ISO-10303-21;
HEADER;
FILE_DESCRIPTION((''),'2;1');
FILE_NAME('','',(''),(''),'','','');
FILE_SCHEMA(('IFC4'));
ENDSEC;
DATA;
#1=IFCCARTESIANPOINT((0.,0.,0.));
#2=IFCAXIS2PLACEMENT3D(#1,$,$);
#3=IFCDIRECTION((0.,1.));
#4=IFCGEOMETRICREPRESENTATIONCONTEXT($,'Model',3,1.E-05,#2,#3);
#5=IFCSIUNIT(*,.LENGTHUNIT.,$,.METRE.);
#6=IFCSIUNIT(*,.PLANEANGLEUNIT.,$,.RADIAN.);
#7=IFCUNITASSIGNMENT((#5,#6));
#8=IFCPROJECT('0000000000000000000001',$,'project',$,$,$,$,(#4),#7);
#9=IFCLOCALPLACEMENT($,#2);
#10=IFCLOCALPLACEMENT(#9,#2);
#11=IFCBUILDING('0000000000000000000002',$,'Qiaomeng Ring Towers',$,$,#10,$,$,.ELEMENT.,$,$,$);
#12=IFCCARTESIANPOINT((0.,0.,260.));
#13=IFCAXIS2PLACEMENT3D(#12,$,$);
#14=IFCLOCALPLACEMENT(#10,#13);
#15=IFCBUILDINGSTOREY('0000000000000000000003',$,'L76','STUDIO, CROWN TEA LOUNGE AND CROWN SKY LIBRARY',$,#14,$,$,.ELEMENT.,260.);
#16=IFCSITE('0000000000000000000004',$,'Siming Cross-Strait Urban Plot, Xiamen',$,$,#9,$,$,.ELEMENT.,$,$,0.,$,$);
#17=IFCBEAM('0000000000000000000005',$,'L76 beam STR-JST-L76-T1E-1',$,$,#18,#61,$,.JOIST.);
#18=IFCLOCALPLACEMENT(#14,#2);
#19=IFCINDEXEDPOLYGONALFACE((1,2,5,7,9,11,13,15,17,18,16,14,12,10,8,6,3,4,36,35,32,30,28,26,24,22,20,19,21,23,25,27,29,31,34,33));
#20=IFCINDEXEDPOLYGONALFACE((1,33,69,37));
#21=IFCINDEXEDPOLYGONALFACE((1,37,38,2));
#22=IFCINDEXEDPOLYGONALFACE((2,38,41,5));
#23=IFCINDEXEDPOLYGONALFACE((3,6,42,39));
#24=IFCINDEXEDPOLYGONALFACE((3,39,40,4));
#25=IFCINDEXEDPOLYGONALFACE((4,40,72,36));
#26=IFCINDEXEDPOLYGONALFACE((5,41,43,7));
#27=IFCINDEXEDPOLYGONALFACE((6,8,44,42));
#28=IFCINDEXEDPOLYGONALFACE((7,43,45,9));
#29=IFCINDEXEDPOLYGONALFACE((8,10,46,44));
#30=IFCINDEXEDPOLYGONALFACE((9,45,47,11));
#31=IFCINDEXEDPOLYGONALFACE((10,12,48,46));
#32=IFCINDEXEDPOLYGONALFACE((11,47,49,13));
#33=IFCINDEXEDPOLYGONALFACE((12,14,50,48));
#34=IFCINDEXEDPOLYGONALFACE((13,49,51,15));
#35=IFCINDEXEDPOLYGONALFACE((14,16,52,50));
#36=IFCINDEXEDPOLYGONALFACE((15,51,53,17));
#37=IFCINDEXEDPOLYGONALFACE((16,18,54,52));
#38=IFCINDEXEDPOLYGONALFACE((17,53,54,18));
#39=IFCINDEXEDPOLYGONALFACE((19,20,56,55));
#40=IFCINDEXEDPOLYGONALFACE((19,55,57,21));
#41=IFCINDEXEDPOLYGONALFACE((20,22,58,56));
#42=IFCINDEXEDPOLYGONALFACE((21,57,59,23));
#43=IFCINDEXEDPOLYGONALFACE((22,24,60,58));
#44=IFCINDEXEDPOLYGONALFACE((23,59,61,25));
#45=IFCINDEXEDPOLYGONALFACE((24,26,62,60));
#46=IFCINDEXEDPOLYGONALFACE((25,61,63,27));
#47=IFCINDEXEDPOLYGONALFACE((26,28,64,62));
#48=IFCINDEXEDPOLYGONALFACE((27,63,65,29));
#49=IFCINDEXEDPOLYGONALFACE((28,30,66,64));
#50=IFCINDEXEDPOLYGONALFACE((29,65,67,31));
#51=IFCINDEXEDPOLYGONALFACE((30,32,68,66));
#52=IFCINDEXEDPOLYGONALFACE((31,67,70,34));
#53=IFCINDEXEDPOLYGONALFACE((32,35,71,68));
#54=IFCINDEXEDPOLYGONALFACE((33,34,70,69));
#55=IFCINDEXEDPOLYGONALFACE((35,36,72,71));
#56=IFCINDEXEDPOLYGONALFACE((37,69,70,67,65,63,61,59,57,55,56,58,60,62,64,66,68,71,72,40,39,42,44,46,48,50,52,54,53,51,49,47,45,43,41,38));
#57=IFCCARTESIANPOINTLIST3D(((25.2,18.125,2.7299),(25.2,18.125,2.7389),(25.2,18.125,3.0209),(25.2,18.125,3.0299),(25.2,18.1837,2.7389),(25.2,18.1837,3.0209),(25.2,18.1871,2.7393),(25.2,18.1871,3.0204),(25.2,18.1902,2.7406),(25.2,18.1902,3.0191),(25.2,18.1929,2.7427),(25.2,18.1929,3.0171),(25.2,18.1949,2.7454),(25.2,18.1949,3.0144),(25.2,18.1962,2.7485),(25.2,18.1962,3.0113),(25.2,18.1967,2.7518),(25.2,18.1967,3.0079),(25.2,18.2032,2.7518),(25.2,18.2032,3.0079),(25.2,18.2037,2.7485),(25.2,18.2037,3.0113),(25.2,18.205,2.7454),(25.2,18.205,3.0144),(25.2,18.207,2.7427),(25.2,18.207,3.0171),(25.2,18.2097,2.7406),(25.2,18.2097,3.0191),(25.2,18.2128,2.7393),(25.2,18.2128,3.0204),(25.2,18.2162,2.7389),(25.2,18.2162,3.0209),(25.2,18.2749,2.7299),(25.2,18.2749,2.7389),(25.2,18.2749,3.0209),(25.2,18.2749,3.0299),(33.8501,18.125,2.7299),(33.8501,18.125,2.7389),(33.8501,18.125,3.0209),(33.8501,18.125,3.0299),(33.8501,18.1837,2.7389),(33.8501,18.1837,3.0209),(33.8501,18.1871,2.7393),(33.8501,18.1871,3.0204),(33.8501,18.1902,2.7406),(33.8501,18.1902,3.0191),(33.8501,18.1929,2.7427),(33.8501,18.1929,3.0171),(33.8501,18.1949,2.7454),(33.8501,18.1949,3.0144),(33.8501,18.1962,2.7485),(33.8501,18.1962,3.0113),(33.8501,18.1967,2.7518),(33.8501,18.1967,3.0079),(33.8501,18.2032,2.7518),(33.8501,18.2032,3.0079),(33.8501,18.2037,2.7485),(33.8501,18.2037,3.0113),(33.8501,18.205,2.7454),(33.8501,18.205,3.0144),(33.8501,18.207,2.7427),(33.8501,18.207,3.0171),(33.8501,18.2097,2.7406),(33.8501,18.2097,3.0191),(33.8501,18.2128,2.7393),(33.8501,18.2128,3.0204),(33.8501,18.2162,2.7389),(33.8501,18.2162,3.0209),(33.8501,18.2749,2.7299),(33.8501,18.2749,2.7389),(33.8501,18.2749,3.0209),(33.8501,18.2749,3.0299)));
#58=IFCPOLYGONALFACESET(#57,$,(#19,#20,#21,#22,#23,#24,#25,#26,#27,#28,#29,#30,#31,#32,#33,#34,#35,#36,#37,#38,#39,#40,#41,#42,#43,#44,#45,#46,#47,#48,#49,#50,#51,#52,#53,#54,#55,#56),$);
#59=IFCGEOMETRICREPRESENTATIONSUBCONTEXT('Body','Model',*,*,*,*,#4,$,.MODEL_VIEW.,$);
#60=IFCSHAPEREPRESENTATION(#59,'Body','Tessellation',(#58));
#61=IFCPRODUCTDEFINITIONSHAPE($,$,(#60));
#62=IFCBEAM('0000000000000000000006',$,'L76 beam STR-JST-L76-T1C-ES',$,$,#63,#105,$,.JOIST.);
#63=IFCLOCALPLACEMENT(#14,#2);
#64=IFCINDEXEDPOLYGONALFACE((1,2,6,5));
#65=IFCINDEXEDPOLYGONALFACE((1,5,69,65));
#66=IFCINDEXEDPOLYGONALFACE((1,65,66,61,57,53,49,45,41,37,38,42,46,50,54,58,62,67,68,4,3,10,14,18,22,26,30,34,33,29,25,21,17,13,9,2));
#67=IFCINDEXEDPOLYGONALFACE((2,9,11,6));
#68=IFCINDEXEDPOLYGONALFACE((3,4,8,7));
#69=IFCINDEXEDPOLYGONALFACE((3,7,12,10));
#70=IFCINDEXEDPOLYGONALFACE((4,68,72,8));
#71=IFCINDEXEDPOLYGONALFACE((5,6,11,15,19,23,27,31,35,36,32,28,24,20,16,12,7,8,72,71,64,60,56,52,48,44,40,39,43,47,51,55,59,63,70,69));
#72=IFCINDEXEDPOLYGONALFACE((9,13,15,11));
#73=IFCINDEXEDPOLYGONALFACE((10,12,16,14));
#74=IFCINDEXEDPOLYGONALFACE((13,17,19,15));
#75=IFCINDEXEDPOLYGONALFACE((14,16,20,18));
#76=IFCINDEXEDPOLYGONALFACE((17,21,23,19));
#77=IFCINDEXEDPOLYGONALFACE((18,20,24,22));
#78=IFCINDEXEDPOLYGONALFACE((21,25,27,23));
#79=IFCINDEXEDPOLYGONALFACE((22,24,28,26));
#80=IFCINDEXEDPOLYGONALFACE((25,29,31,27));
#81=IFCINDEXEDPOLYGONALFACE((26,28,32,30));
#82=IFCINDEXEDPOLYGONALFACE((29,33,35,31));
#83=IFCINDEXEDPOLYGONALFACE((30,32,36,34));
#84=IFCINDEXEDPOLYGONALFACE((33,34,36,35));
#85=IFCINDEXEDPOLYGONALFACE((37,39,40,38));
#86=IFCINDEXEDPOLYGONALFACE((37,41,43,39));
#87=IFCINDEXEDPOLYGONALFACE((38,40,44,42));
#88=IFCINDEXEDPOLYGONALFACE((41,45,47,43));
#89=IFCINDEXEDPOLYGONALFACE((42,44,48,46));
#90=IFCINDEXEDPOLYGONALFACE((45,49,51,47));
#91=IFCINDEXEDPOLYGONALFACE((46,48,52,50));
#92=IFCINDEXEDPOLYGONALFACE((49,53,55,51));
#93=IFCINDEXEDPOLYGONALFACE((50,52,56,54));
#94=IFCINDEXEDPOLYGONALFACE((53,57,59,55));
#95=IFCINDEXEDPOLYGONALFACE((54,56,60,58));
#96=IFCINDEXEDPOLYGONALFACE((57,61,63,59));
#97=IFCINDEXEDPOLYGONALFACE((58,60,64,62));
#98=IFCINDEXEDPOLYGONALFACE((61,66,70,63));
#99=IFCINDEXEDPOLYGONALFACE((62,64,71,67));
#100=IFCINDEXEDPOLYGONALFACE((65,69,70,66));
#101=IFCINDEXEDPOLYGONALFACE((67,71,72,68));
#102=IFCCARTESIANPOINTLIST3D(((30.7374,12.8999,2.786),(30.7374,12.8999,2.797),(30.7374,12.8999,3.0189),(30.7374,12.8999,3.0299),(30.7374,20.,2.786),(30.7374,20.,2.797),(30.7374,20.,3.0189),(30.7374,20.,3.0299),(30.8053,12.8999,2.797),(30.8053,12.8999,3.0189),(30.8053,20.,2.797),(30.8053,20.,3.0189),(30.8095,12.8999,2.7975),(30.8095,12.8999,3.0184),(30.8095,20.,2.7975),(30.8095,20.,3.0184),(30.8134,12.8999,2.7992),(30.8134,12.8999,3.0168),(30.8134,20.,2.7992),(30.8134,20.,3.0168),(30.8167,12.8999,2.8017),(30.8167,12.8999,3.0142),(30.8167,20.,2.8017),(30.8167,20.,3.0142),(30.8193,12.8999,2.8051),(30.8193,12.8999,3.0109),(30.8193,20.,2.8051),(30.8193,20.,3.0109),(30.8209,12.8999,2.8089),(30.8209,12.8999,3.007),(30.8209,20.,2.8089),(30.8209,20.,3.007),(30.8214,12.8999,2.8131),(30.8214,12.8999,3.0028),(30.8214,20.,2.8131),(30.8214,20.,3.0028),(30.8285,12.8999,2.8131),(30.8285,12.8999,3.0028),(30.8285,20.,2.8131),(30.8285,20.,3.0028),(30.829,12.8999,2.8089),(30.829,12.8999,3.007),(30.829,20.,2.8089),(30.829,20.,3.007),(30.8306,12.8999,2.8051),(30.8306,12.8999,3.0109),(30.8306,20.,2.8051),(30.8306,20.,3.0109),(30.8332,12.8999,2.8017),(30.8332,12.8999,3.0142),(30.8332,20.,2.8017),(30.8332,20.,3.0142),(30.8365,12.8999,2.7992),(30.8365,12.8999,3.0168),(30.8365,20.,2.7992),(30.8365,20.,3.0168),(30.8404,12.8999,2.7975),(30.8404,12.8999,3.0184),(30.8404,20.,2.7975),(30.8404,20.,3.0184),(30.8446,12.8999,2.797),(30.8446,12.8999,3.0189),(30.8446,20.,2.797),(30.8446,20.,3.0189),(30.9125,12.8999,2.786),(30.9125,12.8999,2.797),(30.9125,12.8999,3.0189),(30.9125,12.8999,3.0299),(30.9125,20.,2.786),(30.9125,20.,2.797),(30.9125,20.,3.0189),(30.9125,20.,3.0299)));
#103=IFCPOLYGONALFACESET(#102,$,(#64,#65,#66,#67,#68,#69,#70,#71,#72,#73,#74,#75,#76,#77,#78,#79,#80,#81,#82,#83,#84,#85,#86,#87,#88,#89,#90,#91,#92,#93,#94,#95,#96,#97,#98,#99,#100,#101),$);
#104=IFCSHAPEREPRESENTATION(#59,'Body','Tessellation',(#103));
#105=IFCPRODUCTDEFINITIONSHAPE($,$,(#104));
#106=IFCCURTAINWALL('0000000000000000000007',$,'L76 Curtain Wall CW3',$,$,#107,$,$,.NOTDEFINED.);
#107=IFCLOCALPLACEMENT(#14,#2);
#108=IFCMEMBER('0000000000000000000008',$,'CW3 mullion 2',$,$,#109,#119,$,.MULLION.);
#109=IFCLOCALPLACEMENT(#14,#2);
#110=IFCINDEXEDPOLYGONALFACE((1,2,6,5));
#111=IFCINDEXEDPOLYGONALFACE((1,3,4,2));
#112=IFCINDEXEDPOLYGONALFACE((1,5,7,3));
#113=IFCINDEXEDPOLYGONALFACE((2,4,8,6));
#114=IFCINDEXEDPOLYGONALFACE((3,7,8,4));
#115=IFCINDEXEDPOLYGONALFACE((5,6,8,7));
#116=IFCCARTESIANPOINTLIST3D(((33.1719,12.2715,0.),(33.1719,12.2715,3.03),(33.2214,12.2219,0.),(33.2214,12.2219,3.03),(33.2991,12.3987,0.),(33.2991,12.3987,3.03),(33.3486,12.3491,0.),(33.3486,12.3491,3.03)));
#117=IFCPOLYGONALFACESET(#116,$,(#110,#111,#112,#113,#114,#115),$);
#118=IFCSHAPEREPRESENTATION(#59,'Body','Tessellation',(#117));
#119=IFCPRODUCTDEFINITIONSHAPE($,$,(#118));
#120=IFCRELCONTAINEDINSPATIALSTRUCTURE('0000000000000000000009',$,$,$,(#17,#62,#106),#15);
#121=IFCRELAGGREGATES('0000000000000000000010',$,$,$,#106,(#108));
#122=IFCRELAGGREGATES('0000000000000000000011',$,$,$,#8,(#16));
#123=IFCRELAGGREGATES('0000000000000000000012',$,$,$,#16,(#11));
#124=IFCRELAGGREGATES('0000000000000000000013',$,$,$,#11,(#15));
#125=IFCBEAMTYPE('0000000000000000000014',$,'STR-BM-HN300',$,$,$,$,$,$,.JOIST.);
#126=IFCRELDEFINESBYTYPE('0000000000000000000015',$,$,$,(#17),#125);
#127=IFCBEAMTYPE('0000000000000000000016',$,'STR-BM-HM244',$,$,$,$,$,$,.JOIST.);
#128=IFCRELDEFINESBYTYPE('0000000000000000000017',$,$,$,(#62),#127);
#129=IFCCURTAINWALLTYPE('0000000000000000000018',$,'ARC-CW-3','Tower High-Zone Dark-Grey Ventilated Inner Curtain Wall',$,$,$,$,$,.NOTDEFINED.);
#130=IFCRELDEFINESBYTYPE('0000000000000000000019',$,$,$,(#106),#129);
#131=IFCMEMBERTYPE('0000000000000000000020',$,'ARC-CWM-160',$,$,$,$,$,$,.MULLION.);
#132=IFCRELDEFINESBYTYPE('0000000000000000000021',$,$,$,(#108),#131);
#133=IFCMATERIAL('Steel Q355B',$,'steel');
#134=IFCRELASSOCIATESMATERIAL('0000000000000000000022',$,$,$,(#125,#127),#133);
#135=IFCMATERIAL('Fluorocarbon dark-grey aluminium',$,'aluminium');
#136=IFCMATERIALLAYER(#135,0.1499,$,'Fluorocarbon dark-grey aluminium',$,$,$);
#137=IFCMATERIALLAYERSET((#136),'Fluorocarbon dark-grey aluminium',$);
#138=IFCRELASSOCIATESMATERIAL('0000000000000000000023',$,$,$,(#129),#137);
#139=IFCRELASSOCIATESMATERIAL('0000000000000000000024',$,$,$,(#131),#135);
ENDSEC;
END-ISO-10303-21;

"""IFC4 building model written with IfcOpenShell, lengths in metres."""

from ifc_helpers import new_model, si_unit, direction, frame, origin, origin_2d, place, context, subcontext, project, spatial, rectangle, i_section, extrude, source, transform, mapped, material, layer, layer_set, material_profile, profile_set, type_object, element, aggregate, save


model = new_model("IFC4")

# Units and contexts
model_context = context("Model", 3, precision=1e-05, world=origin(), true_north=direction((0.0, 1.0)))
body_context = subcontext(model_context, "Body", "Model", "MODEL_VIEW")
ifc_project = project(units=[si_unit("LENGTHUNIT", "METRE"), si_unit("PLANEANGLEUNIT", "RADIAN")], contexts=[model_context])

# Site, building, storey
site_placement = place(None, origin())
site = spatial("IfcSite", under=ifc_project, at=site_placement, Name="Siming Cross-Strait Urban Plot, Xiamen", CompositionType="ELEMENT", RefElevation=0.0)
building_placement = place(site_placement, origin())
building = spatial("IfcBuilding", under=site, at=building_placement, Name="Qiaomeng Ring Towers", CompositionType="ELEMENT")
storey_placement = place(building_placement, frame((0.0, 0.0, 260.0)))
storey = spatial("IfcBuildingStorey", under=building, at=storey_placement, Name="L76", Description="STUDIO, CROWN TEA LOUNGE AND CROWN SKY LIBRARY", CompositionType="ELEMENT", Elevation=260.0)

# Beams
ifc_material_1 = material(Name="Steel Q355B", Category="steel")
ifc_material_profile_1 = material_profile(ifc_material_1, i_section(OverallWidth=0.1499, OverallDepth=0.3, WebThickness=0.0066, FlangeThickness=0.009, FilletRadius=0.0129, at=origin_2d()), Name="HN 300x150x6.5x9")
ifc_profile_set_1 = profile_set([ifc_material_profile_1], Name="Steel Q355B")
beam_type_1 = type_object("IfcBeamType", Name="STR-BM-HN300", PredefinedType="JOIST", material=ifc_profile_set_1)
shared_shape_1 = source(origin(), body_context, "Body", "SweptSolid", [
    extrude(i_section(OverallWidth=0.1499, OverallDepth=0.3, WebThickness=0.0066, FlangeThickness=0.009, FilletRadius=0.0129, at=origin_2d()), origin(), (0.0, 0.0, 1.0), 8.6501),
])
beam_1_placement = place(storey_placement, frame((25.2, 18.2, 2.8799), z_axis=(1.0, 0.0, 0.0), x_axis=(0.0, 1.0, 0.0)))
element("IfcBeam", 1, at=beam_1_placement, inside=storey, type_object=beam_type_1, Name="L76 beam STR-JST-L76-T1E-1", PredefinedType="JOIST", context=body_context, shape_type="MappedRepresentation", body=[
    mapped(shared_shape_1, transform((0.0, 0.0, 0.0), x_axis=(1.0, 0.0, 0.0), y_axis=(0.0, 1.0, 0.0), z_axis=(0.0, 0.0, 1.0), scale=1.0)),
])
ifc_material_profile_2 = material_profile(ifc_material_1, i_section(OverallWidth=0.175, OverallDepth=0.2439, WebThickness=0.0071, FlangeThickness=0.011, FilletRadius=0.0161, at=origin_2d()), Name="HM 244x175x7x11")
ifc_profile_set_2 = profile_set([ifc_material_profile_2], Name="Steel Q355B")
beam_type_2 = type_object("IfcBeamType", Name="STR-BM-HM244", PredefinedType="JOIST", material=ifc_profile_set_2)
shared_shape_2 = source(origin(), body_context, "Body", "SweptSolid", [
    extrude(i_section(OverallWidth=0.175, OverallDepth=0.2439, WebThickness=0.0071, FlangeThickness=0.011, FilletRadius=0.0161, at=origin_2d()), origin(), (0.0, 0.0, 1.0), 7.1001),
])
beam_2_placement = place(storey_placement, frame((30.825, 12.8999, 2.908), z_axis=(0.0, 1.0, 0.0), x_axis=(-1.0, 0.0, 0.0)))
element("IfcBeam", 2, at=beam_2_placement, inside=storey, type_object=beam_type_2, Name="L76 beam STR-JST-L76-T1C-ES", PredefinedType="JOIST", context=body_context, shape_type="MappedRepresentation", body=[
    mapped(shared_shape_2, transform((0.0, 0.0, 0.0), x_axis=(1.0, 0.0, 0.0), y_axis=(0.0, 1.0, 0.0), z_axis=(0.0, 0.0, 1.0), scale=1.0)),
])

# Curtain wall, member
ifc_material_2 = material(Name="Fluorocarbon dark-grey aluminium", Category="aluminium")
ifc_layer_1 = layer(ifc_material_2, 0.1499, Name="Fluorocarbon dark-grey aluminium")
ifc_layer_set_1 = layer_set([ifc_layer_1], Name="Fluorocarbon dark-grey aluminium")
curtain_wall_type = type_object("IfcCurtainWallType", Name="ARC-CW-3", Description="Tower High-Zone Dark-Grey Ventilated Inner Curtain Wall", PredefinedType="NOTDEFINED", material=ifc_layer_set_1)
curtain_wall_placement = place(storey_placement, origin())
curtain_wall = element("IfcCurtainWall", 3, at=curtain_wall_placement, inside=storey, type_object=curtain_wall_type, Name="L76 Curtain Wall CW3", PredefinedType="NOTDEFINED")
ifc_material_profile_3 = material_profile(ifc_material_2, rectangle(XDim=0.0701, YDim=0.1799, at=origin_2d()), Name="ALU MULL 70x180")
ifc_profile_set_3 = profile_set([ifc_material_profile_3], Name="Fluorocarbon dark-grey aluminium")
member_type = type_object("IfcMemberType", Name="ARC-CWM-160", PredefinedType="MULLION", material=ifc_profile_set_3)
shared_shape_3 = source(origin(), body_context, "Body", "SweptSolid", [
    extrude(rectangle(XDim=0.0701, YDim=0.1799, at=origin_2d()), origin(), (0.0, 0.0, 1.0), 3.03),
])
member_placement = place(storey_placement, frame((33.2603, 12.3103, 0.0), z_axis=(0.0, 0.0, 1.0), x_axis=(-0.707107, 0.707107, 0.0)))
member = element("IfcMember", 4, at=member_placement, type_object=member_type, Name="CW3 mullion 2", PredefinedType="MULLION", context=body_context, shape_type="MappedRepresentation", body=[
    mapped(shared_shape_3, transform((0.0, 0.0, 0.0), x_axis=(1.0, 0.0, 0.0), y_axis=(0.0, 1.0, 0.0), z_axis=(0.0, 0.0, 1.0), scale=1.0)),
])
aggregate(curtain_wall, [member])

save(model, "model.ifc")
